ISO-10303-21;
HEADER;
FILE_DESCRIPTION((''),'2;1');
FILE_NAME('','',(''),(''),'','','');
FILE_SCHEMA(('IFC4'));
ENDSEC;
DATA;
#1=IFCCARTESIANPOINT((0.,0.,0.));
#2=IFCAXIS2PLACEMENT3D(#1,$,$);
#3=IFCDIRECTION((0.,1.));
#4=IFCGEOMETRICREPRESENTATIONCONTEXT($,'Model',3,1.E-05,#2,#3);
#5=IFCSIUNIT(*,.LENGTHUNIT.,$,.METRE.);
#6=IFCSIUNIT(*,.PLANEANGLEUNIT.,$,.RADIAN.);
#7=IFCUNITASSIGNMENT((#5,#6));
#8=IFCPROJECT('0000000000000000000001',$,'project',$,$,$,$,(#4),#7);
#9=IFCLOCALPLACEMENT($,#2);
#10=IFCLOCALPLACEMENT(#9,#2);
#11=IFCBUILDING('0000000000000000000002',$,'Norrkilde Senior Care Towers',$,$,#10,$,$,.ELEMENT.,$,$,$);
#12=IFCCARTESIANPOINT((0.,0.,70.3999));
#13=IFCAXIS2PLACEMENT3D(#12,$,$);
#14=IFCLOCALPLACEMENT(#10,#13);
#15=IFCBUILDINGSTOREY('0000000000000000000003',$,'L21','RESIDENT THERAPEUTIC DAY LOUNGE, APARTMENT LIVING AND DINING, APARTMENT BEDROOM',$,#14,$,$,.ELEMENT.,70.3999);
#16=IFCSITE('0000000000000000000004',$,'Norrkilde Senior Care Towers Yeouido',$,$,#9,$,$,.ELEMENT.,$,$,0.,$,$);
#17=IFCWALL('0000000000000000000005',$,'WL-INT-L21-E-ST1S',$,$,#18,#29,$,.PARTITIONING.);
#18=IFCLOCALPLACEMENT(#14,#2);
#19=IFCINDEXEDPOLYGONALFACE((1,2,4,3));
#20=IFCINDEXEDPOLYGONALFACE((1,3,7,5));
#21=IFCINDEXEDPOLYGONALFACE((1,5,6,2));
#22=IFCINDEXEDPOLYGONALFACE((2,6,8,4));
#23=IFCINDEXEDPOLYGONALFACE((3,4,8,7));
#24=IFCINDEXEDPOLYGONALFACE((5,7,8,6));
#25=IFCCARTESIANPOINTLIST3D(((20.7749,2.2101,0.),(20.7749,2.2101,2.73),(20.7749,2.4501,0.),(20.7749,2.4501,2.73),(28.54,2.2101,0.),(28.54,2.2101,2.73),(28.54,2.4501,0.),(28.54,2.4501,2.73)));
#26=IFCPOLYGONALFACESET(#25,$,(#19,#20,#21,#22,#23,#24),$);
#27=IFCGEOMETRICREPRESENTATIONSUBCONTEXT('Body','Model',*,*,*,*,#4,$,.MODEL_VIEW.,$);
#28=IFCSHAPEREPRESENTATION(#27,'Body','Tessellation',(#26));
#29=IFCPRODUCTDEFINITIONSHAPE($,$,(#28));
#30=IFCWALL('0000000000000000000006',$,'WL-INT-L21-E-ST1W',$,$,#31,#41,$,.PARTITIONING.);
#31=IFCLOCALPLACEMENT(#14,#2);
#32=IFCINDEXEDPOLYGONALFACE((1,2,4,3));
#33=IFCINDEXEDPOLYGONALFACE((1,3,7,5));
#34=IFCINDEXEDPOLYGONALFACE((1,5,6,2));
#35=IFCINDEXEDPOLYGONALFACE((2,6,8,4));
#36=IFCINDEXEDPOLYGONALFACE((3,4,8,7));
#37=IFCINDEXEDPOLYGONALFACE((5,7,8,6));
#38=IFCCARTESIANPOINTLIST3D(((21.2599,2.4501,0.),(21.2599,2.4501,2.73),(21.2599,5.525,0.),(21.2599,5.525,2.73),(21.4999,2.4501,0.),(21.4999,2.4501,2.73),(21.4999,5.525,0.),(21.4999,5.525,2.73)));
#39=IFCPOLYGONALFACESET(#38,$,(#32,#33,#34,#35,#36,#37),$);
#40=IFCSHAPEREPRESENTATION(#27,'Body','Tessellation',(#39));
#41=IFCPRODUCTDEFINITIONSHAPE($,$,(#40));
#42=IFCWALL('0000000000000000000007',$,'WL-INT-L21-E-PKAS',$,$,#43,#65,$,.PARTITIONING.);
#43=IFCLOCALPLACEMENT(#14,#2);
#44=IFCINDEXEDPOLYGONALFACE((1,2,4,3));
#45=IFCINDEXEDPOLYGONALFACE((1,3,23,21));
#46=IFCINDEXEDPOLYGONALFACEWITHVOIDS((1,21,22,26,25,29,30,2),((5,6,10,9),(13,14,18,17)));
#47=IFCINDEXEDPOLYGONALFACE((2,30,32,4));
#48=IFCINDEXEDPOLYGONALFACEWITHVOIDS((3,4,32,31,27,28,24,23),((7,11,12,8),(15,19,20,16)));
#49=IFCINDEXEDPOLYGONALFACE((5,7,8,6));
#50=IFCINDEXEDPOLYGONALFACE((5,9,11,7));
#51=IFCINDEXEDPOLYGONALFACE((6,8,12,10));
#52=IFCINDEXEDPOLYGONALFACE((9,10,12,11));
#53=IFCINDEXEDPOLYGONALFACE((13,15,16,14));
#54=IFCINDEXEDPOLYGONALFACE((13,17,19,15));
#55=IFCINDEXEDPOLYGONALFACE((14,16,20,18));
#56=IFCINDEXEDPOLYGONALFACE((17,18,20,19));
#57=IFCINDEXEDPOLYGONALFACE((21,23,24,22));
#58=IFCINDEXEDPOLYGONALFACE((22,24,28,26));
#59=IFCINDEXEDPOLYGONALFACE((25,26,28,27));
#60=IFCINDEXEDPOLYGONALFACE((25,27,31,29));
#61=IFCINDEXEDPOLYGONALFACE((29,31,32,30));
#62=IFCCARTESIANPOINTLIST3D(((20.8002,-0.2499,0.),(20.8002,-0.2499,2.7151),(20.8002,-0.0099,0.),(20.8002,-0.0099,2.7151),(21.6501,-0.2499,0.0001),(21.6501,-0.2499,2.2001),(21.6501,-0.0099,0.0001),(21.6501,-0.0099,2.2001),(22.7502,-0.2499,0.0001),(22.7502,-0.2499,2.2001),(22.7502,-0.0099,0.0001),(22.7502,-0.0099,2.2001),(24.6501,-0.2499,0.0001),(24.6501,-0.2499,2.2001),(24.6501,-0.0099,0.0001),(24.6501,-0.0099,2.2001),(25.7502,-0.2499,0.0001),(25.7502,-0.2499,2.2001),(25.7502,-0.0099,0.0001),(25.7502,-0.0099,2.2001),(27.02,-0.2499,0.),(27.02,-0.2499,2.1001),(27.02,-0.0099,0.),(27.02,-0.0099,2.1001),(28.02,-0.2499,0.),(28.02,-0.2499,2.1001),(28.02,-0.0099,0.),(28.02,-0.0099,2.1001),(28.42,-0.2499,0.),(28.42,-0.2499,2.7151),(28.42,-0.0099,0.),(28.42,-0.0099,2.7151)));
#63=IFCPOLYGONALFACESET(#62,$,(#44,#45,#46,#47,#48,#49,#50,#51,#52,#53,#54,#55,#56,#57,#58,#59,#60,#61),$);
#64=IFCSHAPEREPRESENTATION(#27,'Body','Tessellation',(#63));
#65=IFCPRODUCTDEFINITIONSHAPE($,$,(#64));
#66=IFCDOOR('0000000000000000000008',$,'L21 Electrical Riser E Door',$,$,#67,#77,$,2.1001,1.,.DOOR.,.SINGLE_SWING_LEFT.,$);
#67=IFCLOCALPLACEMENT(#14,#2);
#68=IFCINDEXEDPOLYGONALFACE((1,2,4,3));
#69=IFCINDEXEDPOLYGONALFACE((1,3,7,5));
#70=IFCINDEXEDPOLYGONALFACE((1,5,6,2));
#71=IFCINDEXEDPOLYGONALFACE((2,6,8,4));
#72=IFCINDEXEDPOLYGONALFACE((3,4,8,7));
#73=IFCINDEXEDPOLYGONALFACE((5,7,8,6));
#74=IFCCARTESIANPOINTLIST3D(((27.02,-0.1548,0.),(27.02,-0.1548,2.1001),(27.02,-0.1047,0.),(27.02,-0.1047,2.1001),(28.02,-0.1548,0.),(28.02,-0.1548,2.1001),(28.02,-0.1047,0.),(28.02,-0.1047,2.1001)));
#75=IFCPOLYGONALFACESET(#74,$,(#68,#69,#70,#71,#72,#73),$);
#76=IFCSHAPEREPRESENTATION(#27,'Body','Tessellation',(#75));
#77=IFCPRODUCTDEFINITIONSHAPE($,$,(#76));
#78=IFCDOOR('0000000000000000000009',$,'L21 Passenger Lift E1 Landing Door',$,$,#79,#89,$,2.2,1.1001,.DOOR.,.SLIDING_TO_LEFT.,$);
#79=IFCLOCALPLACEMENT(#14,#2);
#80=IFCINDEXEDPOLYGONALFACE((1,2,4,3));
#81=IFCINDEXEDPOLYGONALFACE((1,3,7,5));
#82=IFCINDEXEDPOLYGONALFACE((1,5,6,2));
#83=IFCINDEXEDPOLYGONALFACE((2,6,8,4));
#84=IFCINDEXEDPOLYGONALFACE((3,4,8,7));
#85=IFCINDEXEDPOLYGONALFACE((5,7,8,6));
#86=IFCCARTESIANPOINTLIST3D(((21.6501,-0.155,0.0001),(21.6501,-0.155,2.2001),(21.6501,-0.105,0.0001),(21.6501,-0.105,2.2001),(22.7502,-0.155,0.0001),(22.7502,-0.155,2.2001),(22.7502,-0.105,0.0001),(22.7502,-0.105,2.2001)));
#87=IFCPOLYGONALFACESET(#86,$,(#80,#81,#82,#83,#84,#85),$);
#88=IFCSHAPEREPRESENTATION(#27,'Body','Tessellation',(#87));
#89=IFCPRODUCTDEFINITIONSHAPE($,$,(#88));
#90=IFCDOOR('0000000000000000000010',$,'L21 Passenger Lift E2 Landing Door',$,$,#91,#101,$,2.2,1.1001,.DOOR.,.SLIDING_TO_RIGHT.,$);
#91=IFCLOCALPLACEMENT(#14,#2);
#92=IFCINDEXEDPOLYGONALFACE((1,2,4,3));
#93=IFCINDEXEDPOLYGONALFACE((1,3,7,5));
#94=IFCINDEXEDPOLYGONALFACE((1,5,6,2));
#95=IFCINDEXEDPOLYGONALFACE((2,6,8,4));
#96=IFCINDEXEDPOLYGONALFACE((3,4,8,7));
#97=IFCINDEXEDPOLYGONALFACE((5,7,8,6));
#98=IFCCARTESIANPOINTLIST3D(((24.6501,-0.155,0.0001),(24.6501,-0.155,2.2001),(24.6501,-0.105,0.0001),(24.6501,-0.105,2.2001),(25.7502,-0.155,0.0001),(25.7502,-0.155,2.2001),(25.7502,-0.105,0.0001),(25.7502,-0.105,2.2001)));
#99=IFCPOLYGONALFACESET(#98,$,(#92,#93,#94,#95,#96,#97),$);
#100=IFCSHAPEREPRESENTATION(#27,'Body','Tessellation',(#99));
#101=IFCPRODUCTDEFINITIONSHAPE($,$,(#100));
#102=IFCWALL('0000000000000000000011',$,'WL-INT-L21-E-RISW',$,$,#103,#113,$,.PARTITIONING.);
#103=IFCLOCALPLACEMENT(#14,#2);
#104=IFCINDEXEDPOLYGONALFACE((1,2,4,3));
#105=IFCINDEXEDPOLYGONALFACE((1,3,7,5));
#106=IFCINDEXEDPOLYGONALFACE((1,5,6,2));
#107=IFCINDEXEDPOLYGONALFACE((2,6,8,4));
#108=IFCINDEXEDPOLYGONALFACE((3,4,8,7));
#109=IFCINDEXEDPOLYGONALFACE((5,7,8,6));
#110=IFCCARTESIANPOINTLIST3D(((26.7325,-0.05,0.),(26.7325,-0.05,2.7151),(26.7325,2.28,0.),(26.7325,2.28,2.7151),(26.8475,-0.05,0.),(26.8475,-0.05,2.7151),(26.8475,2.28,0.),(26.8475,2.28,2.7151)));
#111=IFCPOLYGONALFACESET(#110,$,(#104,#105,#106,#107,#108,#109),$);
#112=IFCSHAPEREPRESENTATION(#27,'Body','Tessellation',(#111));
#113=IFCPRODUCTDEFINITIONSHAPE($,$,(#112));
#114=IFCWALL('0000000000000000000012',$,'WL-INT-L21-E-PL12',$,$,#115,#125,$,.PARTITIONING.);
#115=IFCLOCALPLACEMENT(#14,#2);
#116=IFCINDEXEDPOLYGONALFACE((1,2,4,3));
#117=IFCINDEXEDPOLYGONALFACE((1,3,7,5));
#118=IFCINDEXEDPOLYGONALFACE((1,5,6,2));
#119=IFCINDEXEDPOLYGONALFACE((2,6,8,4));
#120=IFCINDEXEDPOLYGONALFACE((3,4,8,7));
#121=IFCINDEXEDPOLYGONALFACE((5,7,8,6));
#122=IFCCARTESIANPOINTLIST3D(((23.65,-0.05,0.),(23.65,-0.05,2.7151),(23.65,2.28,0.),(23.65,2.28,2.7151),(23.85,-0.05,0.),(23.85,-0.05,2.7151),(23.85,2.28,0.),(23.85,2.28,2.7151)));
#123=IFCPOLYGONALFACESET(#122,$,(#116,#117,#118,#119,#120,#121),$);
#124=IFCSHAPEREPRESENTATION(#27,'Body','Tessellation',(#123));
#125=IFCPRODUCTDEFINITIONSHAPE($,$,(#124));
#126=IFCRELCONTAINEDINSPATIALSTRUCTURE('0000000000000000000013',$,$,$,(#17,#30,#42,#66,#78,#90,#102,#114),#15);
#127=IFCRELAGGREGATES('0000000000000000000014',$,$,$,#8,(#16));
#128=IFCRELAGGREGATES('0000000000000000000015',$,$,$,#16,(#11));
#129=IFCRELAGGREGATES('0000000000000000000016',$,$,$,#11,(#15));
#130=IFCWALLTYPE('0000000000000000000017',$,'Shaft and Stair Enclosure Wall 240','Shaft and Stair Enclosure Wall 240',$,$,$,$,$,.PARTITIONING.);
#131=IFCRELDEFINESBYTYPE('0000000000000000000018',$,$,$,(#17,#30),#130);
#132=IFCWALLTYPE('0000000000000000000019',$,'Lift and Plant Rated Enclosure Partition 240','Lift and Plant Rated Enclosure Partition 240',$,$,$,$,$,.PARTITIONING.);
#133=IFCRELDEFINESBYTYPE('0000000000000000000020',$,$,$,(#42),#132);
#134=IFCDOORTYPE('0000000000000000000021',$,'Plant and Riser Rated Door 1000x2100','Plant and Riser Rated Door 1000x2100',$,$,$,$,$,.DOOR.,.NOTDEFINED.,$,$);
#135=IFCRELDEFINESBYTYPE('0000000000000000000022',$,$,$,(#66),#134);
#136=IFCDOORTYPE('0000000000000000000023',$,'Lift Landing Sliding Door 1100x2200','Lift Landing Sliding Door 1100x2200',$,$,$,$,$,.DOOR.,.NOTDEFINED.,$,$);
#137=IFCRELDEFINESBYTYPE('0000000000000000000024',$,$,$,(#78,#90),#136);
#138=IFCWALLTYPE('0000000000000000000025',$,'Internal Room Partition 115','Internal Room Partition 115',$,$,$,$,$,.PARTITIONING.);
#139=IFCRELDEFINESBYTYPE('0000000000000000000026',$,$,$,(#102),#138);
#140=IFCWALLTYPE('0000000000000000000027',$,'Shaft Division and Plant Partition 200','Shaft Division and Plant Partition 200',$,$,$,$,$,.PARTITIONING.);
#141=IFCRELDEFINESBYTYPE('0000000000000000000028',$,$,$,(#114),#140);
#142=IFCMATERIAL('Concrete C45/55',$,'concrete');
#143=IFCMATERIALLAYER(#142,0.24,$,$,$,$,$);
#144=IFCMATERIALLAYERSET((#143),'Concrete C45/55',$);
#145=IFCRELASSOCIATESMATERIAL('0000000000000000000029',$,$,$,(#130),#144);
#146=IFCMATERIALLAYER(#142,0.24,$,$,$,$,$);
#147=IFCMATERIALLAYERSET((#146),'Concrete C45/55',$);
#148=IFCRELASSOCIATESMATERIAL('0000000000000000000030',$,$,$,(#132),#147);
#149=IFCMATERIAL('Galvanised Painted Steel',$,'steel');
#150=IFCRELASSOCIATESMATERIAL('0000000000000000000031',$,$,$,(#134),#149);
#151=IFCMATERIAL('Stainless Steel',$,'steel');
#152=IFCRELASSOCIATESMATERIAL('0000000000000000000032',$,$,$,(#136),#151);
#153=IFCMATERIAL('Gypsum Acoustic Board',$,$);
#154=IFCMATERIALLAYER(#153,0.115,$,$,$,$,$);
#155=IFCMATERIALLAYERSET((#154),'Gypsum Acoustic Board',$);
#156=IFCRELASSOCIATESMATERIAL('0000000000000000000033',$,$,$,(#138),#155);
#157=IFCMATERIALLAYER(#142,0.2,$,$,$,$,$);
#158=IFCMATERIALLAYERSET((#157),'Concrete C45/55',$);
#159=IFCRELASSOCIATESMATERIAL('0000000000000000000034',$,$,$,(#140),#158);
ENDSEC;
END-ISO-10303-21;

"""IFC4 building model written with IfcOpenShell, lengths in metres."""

from ifc_helpers import new_model, si_unit, direction, frame, frame_2d, origin, place, context, subcontext, project, spatial, rectangle, extrude, source, transform, mapped, material, layer, layer_set, type_object, type_shapes, element, fill, save


model = new_model("IFC4")

# Units and contexts
model_context = context("Model", 3, precision=1e-05, world=origin(), true_north=direction((0.0, 1.0)))
body_context = subcontext(model_context, "Body", "Model", "MODEL_VIEW")
ifc_project = project(units=[si_unit("LENGTHUNIT", "METRE"), si_unit("PLANEANGLEUNIT", "RADIAN")], contexts=[model_context])

# Site, building, storey
site_placement = place(None, origin())
site = spatial("IfcSite", under=ifc_project, at=site_placement, Name="Norrkilde Senior Care Towers Yeouido", CompositionType="ELEMENT", RefElevation=0.0)
building_placement = place(site_placement, origin())
building = spatial("IfcBuilding", under=site, at=building_placement, Name="Norrkilde Senior Care Towers", CompositionType="ELEMENT")
storey_placement = place(building_placement, frame((0.0, 0.0, 70.3999)))
storey = spatial("IfcBuildingStorey", under=building, at=storey_placement, Name="L21", Description="RESIDENT THERAPEUTIC DAY LOUNGE, APARTMENT LIVING AND DINING, APARTMENT BEDROOM", CompositionType="ELEMENT", Elevation=70.3999)

# Walls
ifc_material_1 = material(Name="Concrete C45/55", Category="concrete")
ifc_layer_1 = layer(ifc_material_1, 0.24)
ifc_layer_set_1 = layer_set([ifc_layer_1], Name="Concrete C45/55")
wall_type_1 = type_object("IfcWallType", Name="Shaft and Stair Enclosure Wall 240", Description="Shaft and Stair Enclosure Wall 240", PredefinedType="PARTITIONING", material=ifc_layer_set_1)
shared_shape_1 = source(origin(), body_context, "Body", "SweptSolid", [
    extrude(rectangle(XDim=7.7651, YDim=0.24, at=frame_2d((3.8826, 0.0))), origin(), (0.0, 0.0, 1.0), 2.73),
])
wall_1_placement = place(storey_placement, frame((20.7749, 2.3301, 0.0), z_axis=(0.0, 0.0, 1.0), x_axis=(1.0, 0.0, 0.0)))
element("IfcWall", 1, at=wall_1_placement, inside=storey, type_object=wall_type_1, Name="WL-INT-L21-E-ST1S", PredefinedType="PARTITIONING", context=body_context, shape_type="MappedRepresentation", body=[
    mapped(shared_shape_1, transform((0.0, 0.0, 0.0), x_axis=(1.0, 0.0, 0.0), y_axis=(0.0, 1.0, 0.0), z_axis=(0.0, 0.0, 1.0), scale=1.0)),
])
shared_shape_2 = source(origin(), body_context, "Body", "SweptSolid", [
    extrude(rectangle(XDim=3.075, YDim=0.24, at=frame_2d((1.5376, 0.0))), origin(), (0.0, 0.0, 1.0), 2.73),
])
type_shapes(wall_type_1, [shared_shape_1, shared_shape_2])
wall_2_placement = place(storey_placement, frame((21.3799, 2.45, 0.0), z_axis=(0.0, 0.0, 1.0), x_axis=(0.0, 1.0, 0.0)))
element("IfcWall", 2, at=wall_2_placement, inside=storey, type_object=wall_type_1, Name="WL-INT-L21-E-ST1W", PredefinedType="PARTITIONING", context=body_context, shape_type="MappedRepresentation", body=[
    mapped(shared_shape_2, transform((0.0, 0.0, 0.0), x_axis=(1.0, 0.0, 0.0), y_axis=(0.0, 1.0, 0.0), z_axis=(0.0, 0.0, 1.0), scale=1.0)),
])

# Wall, openings, doors
ifc_layer_2 = layer(ifc_material_1, 0.24)
ifc_layer_set_2 = layer_set([ifc_layer_2], Name="Concrete C45/55")
wall_type_2 = type_object("IfcWallType", Name="Lift and Plant Rated Enclosure Partition 240", Description="Lift and Plant Rated Enclosure Partition 240", PredefinedType="PARTITIONING", material=ifc_layer_set_2)
shared_shape_3 = source(origin(), body_context, "Body", "SweptSolid", [
    extrude(rectangle(XDim=7.6199, YDim=0.24, at=frame_2d((3.8101, 0.0))), origin(), (0.0, 0.0, 1.0), 2.7151),
])
type_shapes(wall_type_2, [shared_shape_3])
wall_3_placement = place(storey_placement, frame((20.8, -0.1299, 0.0), z_axis=(0.0, 0.0, 1.0), x_axis=(1.0, 0.0, 0.0)))
wall_3 = element("IfcWall", 3, at=wall_3_placement, inside=storey, type_object=wall_type_2, Name="WL-INT-L21-E-PKAS", PredefinedType="PARTITIONING", context=body_context, shape_type="MappedRepresentation", body=[
    mapped(shared_shape_3, transform((0.0, 0.0, 0.0), x_axis=(1.0, 0.0, 0.0), y_axis=(0.0, 1.0, 0.0), z_axis=(0.0, 0.0, 1.0), scale=1.0)),
])
opening_1_placement = place(wall_3_placement, frame((6.22, 0.0, 0.0)))
opening_1 = element("IfcOpeningElement", 4, at=opening_1_placement, cuts=wall_3, PredefinedType="OPENING", context=body_context, shape_type="SweptSolid", body=[
    extrude(rectangle(XDim=1.0, YDim=2.1001, at=frame_2d((0.5, 1.05))), frame((0.0, 0.1299, 0.0), z_axis=(0.0, -1.0, 0.0), x_axis=(1.0, 0.0, 0.0)), (0.0, 0.0, 1.0), 0.26),
])
opening_2_placement = place(wall_3_placement, frame((0.8501, 0.0, 0.0)))
opening_2 = element("IfcOpeningElement", 5, at=opening_2_placement, cuts=wall_3, PredefinedType="OPENING", context=body_context, shape_type="SweptSolid", body=[
    extrude(rectangle(XDim=1.1001, YDim=2.2, at=frame_2d((0.55, 1.1001))), frame((0.0, 0.1299, 0.0), z_axis=(0.0, -1.0, 0.0), x_axis=(1.0, 0.0, 0.0)), (0.0, 0.0, 1.0), 0.26),
])
opening_3_placement = place(wall_3_placement, frame((3.8501, 0.0, 0.0)))
opening_3 = element("IfcOpeningElement", 6, at=opening_3_placement, cuts=wall_3, PredefinedType="OPENING", context=body_context, shape_type="SweptSolid", body=[
    extrude(rectangle(XDim=1.1001, YDim=2.2, at=frame_2d((0.55, 1.1001))), frame((0.0, 0.1299, 0.0), z_axis=(0.0, -1.0, 0.0), x_axis=(1.0, 0.0, 0.0)), (0.0, 0.0, 1.0), 0.26),
])
ifc_material_2 = material(Name="Galvanised Painted Steel", Category="steel")
door_type_1 = type_object("IfcDoorType", Name="Plant and Riser Rated Door 1000x2100", Description="Plant and Riser Rated Door 1000x2100", OperationType="NOTDEFINED", PredefinedType="DOOR", material=ifc_material_2)
shared_shape_4 = source(origin(), body_context, "Body", "SweptSolid", [
    extrude(rectangle(XDim=1.0, YDim=2.1001, at=frame_2d((0.5, 1.05))), frame((0.0, 0.0249, 0.0), z_axis=(0.0, -1.0, 0.0), x_axis=(1.0, 0.0, 0.0)), (0.0, 0.0, 1.0), 0.05),
])
type_shapes(door_type_1, [shared_shape_4])
door_1_placement = place(opening_1_placement, frame((1.0, 0.0, 0.0), z_axis=(0.0, 0.0, 1.0), x_axis=(-1.0, 0.0, 0.0)))
door_1 = element("IfcDoor", 7, at=door_1_placement, inside=storey, type_object=door_type_1, Name="L21 Electrical Riser E Door", OperationType="SINGLE_SWING_LEFT", OverallHeight=2.1001, OverallWidth=1.0, PredefinedType="DOOR", context=body_context, shape_type="MappedRepresentation", body=[
    mapped(shared_shape_4, transform((0.0, 0.0, 0.0), x_axis=(1.0, 0.0, 0.0), y_axis=(0.0, 1.0, 0.0), z_axis=(0.0, 0.0, 1.0), scale=1.0)),
])
fill(opening_1, door_1)
ifc_material_3 = material(Name="Stainless Steel", Category="steel")
door_type_2 = type_object("IfcDoorType", Name="Lift Landing Sliding Door 1100x2200", Description="Lift Landing Sliding Door 1100x2200", OperationType="NOTDEFINED", PredefinedType="DOOR", material=ifc_material_3)
shared_shape_5 = source(origin(), body_context, "Body", "SweptSolid", [
    extrude(rectangle(XDim=1.1001, YDim=2.2, at=frame_2d((0.55, 1.1001))), frame((0.0, 0.0249, 0.0), z_axis=(0.0, -1.0, 0.0), x_axis=(1.0, 0.0, 0.0)), (0.0, 0.0, 1.0), 0.05),
])
type_shapes(door_type_2, [shared_shape_5])
door_2_placement = place(opening_2_placement, origin())
door_2 = element("IfcDoor", 8, at=door_2_placement, inside=storey, type_object=door_type_2, Name="L21 Passenger Lift E1 Landing Door", OperationType="SLIDING_TO_LEFT", OverallHeight=2.2, OverallWidth=1.1001, PredefinedType="DOOR", context=body_context, shape_type="MappedRepresentation", body=[
    mapped(shared_shape_5, transform((0.0, 0.0, 0.0), x_axis=(1.0, 0.0, 0.0), y_axis=(0.0, 1.0, 0.0), z_axis=(0.0, 0.0, 1.0), scale=1.0)),
])
fill(opening_2, door_2)
door_3_placement = place(opening_3_placement, origin())
door_3 = element("IfcDoor", 9, at=door_3_placement, inside=storey, type_object=door_type_2, Name="L21 Passenger Lift E2 Landing Door", OperationType="SLIDING_TO_RIGHT", OverallHeight=2.2, OverallWidth=1.1001, PredefinedType="DOOR", context=body_context, shape_type="MappedRepresentation", body=[
    mapped(shared_shape_5, transform((0.0, 0.0, 0.0), x_axis=(1.0, 0.0, 0.0), y_axis=(0.0, 1.0, 0.0), z_axis=(0.0, 0.0, 1.0), scale=1.0)),
])
fill(opening_3, door_3)

# Walls
ifc_material_4 = material(Name="Gypsum Acoustic Board")
ifc_layer_3 = layer(ifc_material_4, 0.115)
ifc_layer_set_3 = layer_set([ifc_layer_3], Name="Gypsum Acoustic Board")
wall_type_3 = type_object("IfcWallType", Name="Internal Room Partition 115", Description="Internal Room Partition 115", PredefinedType="PARTITIONING", material=ifc_layer_set_3)
shared_shape_6 = source(origin(), body_context, "Body", "SweptSolid", [
    extrude(rectangle(XDim=2.3301, YDim=0.115, at=frame_2d((1.165, 0.0))), origin(), (0.0, 0.0, 1.0), 2.7151),
])
wall_4_placement = place(storey_placement, frame((26.79, -0.05, 0.0), z_axis=(0.0, 0.0, 1.0), x_axis=(0.0, 1.0, 0.0)))
element("IfcWall", 10, at=wall_4_placement, inside=storey, type_object=wall_type_3, Name="WL-INT-L21-E-RISW", PredefinedType="PARTITIONING", context=body_context, shape_type="MappedRepresentation", body=[
    mapped(shared_shape_6, transform((0.0, 0.0, 0.0), x_axis=(1.0, 0.0, 0.0), y_axis=(0.0, 1.0, 0.0), z_axis=(0.0, 0.0, 1.0), scale=1.0)),
])
ifc_layer_4 = layer(ifc_material_1, 0.2)
ifc_layer_set_4 = layer_set([ifc_layer_4], Name="Concrete C45/55")
wall_type_4 = type_object("IfcWallType", Name="Shaft Division and Plant Partition 200", Description="Shaft Division and Plant Partition 200", PredefinedType="PARTITIONING", material=ifc_layer_set_4)
shared_shape_7 = source(origin(), body_context, "Body", "SweptSolid", [
    extrude(rectangle(XDim=2.3301, YDim=0.2, at=frame_2d((1.165, 0.0))), origin(), (0.0, 0.0, 1.0), 2.7151),
])
type_shapes(wall_type_4, [shared_shape_7])
wall_5_placement = place(storey_placement, frame((23.75, -0.05, 0.0), z_axis=(0.0, 0.0, 1.0), x_axis=(0.0, 1.0, 0.0)))
element("IfcWall", 11, at=wall_5_placement, inside=storey, type_object=wall_type_4, Name="WL-INT-L21-E-PL12", PredefinedType="PARTITIONING", context=body_context, shape_type="MappedRepresentation", body=[
    mapped(shared_shape_7, transform((0.0, 0.0, 0.0), x_axis=(1.0, 0.0, 0.0), y_axis=(0.0, 1.0, 0.0), z_axis=(0.0, 0.0, 1.0), scale=1.0)),
])

save(model, "model.ifc")
